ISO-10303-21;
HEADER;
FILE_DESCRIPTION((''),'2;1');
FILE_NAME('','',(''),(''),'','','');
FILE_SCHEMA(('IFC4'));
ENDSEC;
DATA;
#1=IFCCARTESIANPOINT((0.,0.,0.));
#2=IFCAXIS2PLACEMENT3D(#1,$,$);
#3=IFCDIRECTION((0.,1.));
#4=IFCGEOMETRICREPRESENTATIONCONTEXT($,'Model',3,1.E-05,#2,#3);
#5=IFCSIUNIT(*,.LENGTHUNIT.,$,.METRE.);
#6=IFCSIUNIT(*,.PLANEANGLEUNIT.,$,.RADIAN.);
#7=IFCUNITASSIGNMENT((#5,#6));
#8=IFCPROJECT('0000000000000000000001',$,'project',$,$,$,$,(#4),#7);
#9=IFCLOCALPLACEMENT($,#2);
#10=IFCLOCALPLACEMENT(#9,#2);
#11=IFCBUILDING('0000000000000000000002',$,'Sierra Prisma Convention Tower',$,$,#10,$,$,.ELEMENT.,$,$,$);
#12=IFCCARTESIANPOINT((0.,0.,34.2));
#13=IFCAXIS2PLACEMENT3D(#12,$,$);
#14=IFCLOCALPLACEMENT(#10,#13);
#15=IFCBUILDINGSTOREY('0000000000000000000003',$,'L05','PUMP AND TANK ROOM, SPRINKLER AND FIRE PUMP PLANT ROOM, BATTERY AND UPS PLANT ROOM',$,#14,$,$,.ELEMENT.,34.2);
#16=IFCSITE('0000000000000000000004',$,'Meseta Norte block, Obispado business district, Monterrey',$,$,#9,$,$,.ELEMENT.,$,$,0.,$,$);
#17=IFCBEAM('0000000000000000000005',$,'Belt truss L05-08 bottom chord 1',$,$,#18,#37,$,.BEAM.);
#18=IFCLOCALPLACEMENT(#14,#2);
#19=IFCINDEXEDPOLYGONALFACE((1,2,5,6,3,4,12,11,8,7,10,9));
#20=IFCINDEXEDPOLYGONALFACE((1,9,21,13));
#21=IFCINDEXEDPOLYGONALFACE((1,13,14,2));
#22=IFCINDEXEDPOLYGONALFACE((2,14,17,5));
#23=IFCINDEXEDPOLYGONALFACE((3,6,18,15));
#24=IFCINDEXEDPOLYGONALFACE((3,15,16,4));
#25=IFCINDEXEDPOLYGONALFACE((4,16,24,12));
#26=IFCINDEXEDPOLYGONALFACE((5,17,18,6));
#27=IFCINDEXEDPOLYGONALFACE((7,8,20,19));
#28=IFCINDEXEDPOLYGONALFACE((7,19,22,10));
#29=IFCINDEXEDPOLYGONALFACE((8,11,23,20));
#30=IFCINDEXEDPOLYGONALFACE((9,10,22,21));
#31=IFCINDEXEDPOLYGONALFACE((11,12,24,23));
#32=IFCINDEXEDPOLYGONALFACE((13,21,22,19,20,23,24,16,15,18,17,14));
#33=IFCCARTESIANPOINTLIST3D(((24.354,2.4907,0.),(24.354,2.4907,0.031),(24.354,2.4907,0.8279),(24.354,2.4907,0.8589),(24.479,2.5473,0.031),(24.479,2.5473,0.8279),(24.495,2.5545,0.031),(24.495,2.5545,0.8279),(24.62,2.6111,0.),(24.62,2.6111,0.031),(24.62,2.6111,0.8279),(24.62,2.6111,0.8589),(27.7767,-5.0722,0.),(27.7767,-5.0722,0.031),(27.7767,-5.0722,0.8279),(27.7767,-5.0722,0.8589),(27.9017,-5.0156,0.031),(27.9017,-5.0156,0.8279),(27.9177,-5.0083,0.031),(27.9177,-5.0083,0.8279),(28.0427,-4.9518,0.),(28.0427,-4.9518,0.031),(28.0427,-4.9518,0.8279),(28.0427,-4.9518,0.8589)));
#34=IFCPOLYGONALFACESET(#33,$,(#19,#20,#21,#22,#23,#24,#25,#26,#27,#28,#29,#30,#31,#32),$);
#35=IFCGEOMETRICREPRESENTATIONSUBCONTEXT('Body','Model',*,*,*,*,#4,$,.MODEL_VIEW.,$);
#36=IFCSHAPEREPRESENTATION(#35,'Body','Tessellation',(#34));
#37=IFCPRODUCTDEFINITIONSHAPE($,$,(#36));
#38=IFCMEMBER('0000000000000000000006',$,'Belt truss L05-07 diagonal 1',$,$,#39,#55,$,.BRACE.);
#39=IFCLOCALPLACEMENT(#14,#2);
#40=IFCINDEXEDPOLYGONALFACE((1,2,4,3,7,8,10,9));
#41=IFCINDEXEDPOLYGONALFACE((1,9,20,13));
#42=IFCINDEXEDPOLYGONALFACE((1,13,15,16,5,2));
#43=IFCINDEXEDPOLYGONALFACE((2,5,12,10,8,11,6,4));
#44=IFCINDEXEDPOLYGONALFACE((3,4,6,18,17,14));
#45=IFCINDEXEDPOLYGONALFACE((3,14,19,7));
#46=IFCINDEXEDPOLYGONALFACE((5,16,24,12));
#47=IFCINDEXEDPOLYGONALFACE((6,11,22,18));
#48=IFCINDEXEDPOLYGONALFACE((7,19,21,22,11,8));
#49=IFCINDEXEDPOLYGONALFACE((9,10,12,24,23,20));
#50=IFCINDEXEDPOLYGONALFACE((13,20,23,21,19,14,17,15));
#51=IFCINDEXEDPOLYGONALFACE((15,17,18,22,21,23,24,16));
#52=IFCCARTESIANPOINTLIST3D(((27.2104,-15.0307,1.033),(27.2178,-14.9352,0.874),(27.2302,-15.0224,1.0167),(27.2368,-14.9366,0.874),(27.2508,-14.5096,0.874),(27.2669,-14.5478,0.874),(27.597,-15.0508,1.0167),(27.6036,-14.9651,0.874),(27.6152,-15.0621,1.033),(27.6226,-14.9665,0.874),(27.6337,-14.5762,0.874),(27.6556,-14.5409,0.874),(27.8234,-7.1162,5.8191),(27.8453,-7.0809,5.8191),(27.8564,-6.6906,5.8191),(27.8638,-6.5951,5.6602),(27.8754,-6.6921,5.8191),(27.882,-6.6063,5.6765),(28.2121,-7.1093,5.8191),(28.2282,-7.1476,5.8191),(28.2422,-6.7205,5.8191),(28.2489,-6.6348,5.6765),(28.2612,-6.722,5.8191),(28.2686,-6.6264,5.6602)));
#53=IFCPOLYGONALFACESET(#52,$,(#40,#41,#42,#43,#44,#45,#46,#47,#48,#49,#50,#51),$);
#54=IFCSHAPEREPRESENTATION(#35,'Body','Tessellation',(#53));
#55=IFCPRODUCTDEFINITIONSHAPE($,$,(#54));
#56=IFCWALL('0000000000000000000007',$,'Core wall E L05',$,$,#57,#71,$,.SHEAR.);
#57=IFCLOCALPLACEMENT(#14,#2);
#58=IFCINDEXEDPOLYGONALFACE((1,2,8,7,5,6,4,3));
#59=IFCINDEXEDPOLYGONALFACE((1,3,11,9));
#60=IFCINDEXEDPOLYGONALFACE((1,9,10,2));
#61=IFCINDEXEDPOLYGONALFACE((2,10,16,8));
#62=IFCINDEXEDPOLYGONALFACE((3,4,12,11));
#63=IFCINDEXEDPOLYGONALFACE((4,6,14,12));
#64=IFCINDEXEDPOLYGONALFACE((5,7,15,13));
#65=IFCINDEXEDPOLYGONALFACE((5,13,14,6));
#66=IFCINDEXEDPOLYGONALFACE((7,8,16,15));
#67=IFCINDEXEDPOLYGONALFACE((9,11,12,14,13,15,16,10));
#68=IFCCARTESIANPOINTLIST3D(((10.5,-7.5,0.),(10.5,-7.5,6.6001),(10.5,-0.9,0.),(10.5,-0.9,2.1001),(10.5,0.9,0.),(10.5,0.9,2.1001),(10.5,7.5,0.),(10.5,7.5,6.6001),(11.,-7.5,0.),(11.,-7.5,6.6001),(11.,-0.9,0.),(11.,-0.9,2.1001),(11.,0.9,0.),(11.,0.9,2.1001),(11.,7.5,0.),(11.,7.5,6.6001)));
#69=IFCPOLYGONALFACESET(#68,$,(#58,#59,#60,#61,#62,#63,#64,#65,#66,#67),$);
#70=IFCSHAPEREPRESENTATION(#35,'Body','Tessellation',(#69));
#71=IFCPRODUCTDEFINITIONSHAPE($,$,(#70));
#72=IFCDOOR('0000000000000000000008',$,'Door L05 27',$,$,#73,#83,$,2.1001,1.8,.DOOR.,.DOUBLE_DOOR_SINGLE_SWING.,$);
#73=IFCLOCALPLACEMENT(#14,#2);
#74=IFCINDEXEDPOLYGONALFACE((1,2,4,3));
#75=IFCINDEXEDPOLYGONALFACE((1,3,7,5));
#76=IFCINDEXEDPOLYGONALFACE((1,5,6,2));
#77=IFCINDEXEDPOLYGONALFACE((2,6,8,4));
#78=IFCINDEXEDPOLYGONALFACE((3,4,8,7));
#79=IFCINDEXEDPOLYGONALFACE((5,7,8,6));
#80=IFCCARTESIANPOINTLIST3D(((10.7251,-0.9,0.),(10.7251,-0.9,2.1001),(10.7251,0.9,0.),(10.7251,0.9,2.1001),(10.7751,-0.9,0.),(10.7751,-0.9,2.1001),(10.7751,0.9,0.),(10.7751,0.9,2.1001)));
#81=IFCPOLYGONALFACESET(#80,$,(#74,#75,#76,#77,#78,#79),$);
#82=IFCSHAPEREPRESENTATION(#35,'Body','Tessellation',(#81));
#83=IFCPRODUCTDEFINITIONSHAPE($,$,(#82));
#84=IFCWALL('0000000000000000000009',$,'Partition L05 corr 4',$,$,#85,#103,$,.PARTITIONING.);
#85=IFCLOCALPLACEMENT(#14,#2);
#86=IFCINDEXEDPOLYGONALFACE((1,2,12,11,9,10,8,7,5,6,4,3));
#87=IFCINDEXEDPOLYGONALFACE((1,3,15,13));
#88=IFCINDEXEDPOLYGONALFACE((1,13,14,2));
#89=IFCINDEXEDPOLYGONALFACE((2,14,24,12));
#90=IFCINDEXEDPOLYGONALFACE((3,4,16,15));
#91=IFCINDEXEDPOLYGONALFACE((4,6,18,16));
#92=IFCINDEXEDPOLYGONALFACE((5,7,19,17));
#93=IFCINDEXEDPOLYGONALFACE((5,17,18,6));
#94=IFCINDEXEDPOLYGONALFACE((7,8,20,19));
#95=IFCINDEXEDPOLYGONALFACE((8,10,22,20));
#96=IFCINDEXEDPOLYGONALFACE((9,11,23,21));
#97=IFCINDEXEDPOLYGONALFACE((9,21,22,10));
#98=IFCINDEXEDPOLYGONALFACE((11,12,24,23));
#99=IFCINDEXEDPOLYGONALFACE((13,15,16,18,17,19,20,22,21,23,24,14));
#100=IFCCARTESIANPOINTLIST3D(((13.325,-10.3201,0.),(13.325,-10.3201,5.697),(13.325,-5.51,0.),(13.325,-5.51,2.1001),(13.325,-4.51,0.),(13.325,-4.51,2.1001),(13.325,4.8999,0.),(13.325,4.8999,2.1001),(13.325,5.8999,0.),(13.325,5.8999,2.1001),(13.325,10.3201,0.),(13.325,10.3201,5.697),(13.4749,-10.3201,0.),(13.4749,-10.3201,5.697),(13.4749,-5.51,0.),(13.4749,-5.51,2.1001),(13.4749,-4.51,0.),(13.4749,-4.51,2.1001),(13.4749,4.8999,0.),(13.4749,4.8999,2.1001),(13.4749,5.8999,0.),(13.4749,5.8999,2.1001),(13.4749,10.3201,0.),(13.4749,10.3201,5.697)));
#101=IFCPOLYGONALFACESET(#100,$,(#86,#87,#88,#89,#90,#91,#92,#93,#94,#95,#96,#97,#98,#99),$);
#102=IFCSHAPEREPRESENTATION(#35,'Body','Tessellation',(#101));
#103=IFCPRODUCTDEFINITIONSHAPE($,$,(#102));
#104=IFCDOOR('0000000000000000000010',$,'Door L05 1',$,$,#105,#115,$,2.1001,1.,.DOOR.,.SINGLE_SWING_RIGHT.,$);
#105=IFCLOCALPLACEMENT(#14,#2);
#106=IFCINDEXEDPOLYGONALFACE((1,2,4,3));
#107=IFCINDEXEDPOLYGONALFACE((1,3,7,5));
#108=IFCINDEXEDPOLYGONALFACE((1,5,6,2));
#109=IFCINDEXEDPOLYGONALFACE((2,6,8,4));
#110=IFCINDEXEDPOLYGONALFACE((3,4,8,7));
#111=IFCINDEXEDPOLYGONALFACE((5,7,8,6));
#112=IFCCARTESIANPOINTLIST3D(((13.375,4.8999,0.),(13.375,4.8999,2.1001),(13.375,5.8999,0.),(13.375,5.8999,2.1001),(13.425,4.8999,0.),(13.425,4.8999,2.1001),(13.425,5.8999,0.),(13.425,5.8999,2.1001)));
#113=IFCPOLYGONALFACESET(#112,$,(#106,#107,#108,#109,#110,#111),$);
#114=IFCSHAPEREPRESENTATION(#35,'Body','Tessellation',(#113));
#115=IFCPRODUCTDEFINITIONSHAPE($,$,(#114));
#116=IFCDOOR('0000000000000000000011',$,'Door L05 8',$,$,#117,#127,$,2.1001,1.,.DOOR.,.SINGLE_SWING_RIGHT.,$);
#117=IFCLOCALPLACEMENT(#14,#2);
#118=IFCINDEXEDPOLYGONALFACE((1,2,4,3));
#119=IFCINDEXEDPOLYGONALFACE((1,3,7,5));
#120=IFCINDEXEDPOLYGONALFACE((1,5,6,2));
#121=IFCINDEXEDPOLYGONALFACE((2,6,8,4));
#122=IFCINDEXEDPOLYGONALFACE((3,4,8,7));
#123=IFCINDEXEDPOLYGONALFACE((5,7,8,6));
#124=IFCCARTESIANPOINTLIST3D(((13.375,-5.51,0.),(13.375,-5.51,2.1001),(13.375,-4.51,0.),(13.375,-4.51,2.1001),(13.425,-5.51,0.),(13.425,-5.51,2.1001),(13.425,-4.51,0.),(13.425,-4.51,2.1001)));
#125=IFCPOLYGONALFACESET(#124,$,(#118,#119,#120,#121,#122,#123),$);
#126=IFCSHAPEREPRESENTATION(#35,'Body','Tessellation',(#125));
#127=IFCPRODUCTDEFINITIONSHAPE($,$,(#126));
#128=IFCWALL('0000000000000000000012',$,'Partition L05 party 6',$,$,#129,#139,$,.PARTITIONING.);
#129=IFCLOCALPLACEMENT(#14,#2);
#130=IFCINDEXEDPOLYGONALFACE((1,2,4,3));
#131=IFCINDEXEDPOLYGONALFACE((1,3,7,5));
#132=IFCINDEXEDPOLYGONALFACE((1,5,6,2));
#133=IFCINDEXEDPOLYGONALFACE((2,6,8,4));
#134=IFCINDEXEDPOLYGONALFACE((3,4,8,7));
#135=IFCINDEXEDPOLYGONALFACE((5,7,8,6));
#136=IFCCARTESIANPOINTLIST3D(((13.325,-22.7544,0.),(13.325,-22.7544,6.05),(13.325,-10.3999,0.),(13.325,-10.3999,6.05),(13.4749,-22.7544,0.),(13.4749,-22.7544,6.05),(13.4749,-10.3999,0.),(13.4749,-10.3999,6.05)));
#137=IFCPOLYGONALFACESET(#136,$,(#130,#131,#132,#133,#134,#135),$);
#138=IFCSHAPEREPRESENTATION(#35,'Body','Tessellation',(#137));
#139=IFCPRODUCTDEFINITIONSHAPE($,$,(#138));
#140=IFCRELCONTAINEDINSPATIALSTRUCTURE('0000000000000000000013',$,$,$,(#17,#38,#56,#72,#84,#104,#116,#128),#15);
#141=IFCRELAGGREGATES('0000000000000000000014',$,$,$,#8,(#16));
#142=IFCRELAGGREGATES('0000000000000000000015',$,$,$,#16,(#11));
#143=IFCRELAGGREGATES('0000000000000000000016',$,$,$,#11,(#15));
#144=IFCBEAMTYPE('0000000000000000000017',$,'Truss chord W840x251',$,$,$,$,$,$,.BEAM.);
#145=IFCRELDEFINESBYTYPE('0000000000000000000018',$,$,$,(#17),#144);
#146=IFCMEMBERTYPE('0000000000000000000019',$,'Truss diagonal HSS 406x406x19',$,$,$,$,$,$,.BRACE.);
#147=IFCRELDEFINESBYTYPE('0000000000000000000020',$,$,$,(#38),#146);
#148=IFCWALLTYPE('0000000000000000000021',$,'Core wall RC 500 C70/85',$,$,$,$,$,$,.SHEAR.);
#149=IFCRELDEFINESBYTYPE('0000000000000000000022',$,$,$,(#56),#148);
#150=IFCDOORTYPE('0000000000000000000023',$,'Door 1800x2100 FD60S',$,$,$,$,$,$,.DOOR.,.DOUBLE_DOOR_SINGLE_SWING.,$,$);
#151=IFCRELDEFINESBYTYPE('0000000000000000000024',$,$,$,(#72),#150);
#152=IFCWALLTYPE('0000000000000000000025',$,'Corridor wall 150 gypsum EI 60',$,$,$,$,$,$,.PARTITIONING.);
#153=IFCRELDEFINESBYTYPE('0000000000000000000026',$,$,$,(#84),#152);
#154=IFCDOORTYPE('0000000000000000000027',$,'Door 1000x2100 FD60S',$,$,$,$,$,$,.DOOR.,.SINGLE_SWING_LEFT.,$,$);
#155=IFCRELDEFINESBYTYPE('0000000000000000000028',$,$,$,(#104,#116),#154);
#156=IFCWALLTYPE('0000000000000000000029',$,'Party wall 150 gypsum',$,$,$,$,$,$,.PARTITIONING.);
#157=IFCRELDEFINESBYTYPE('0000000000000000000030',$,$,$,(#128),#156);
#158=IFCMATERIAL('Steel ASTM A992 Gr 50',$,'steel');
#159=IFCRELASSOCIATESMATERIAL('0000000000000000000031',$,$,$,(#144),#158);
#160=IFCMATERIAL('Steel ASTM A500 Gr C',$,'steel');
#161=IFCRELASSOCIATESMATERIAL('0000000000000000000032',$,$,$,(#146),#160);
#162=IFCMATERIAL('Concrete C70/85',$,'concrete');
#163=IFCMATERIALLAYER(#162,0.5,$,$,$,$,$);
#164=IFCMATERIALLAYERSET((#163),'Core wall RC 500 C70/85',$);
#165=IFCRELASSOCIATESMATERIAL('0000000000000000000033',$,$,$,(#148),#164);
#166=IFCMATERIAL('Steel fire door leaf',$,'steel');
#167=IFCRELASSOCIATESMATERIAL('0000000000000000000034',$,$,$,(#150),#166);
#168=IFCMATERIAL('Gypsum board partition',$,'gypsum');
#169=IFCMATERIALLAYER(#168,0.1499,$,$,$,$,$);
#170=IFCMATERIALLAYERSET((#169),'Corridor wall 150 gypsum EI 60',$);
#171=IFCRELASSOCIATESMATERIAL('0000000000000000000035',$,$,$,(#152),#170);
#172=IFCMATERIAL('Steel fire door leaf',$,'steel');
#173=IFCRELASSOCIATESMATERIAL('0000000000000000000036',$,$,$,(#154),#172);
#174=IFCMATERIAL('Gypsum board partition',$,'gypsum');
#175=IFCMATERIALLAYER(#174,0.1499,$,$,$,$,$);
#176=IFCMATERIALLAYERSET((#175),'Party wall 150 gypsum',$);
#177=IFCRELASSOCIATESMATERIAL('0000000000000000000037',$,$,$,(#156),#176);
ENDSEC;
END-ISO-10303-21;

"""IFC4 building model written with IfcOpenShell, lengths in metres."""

from ifc_helpers import new_model, si_unit, direction, frame, frame_2d, origin, origin_2d, place, context, subcontext, project, spatial, rectangle, hollow_rectangle, i_section, extrude, clip, halfspace, material, layer, layer_set, material_profile, profile_set, type_object, element, fill, save


model = new_model("IFC4")

# Units and contexts
model_context = context("Model", 3, precision=1e-05, world=origin(), true_north=direction((0.0, 1.0)))
body_context = subcontext(model_context, "Body", "Model", "MODEL_VIEW")
ifc_project = project(units=[si_unit("LENGTHUNIT", "METRE"), si_unit("PLANEANGLEUNIT", "RADIAN")], contexts=[model_context])

# Site, building, storey
site_placement = place(None, origin())
site = spatial("IfcSite", under=ifc_project, at=site_placement, Name="Meseta Norte block, Obispado business district, Monterrey", CompositionType="ELEMENT", RefElevation=0.0)
building_placement = place(site_placement, origin())
building = spatial("IfcBuilding", under=site, at=building_placement, Name="Sierra Prisma Convention Tower", CompositionType="ELEMENT")
storey_placement = place(building_placement, frame((0.0, 0.0, 34.2)))
storey = spatial("IfcBuildingStorey", under=building, at=storey_placement, Name="L05", Description="PUMP AND TANK ROOM, SPRINKLER AND FIRE PUMP PLANT ROOM, BATTERY AND UPS PLANT ROOM", CompositionType="ELEMENT", Elevation=34.2)

# Beam
ifc_material_1 = material(Name="Steel ASTM A992 Gr 50", Category="steel")
ifc_material_profile_1 = material_profile(ifc_material_1, i_section(OverallWidth=0.292, OverallDepth=0.8589, WebThickness=0.0176, FlangeThickness=0.031, at=origin_2d()), Name="W840x251")
ifc_profile_set_1 = profile_set([ifc_material_profile_1], Name="Steel ASTM A992 Gr 50")
beam_type_1 = type_object("IfcBeamType", Name="Truss chord W840x251", PredefinedType="BEAM", material=ifc_profile_set_1)
beam_1_placement = place(storey_placement, frame((27.9097, -5.012, 0.4294), z_axis=(-0.412304, 0.911046, 0.0), x_axis=(-0.911046, -0.412304, 0.0)))
element("IfcBeam", 1, at=beam_1_placement, inside=storey, type_object=beam_type_1, Name="Belt truss L05-08 bottom chord 1", PredefinedType="BEAM", context=body_context, shape_type="SweptSolid", body=[
    extrude(i_section(OverallWidth=0.292, OverallDepth=0.8589, WebThickness=0.0176, FlangeThickness=0.031, at=origin_2d()), origin(), (0.0, 0.0, 1.0), 8.3013),
])

# Member
ifc_material_2 = material(Name="Steel ASTM A500 Gr C", Category="steel")
ifc_material_profile_2 = material_profile(ifc_material_2, hollow_rectangle(XDim=0.406, YDim=0.406, WallThickness=0.019, at=origin_2d()), Name="Truss diagonal HSS 406x406x19")
ifc_profile_set_2 = profile_set([ifc_material_profile_2], Name="Steel ASTM A500 Gr C")
member_type = type_object("IfcMemberType", Name="Truss diagonal HSS 406x406x19", PredefinedType="BRACE", material=ifc_profile_set_2)
member_1_placement = place(storey_placement, frame((27.4209, -14.9419, 0.8591), z_axis=(0.066135, 0.853828, 0.516336), x_axis=(-0.997014, 0.077226, 0.0)))
element("IfcMember", 2, at=member_1_placement, inside=storey, type_object=member_type, Name="Belt truss L05-07 diagonal 1", PredefinedType="BRACE", context=body_context, shape_type="SweptSolid", body=[
    clip(clip(extrude(hollow_rectangle(XDim=0.406, YDim=0.406, WallThickness=0.019, at=origin_2d()), origin(), (0.0, 0.0, 1.0), 9.635), halfspace(frame((-0.0002, 0.0127, 0.0078), z_axis=(0.0, 0.856386, 0.516336), x_axis=(1.0, 0.0, 0.0)), True)), halfspace(frame((0.0, -0.0127, 9.6272), z_axis=(0.0, -0.856386, -0.516336), x_axis=(1.0, 0.0, 0.0)), True)),
])

# Wall, opening, door
ifc_material_3 = material(Name="Concrete C70/85", Category="concrete")
ifc_layer_1 = layer(ifc_material_3, 0.5)
ifc_layer_set_1 = layer_set([ifc_layer_1], Name="Core wall RC 500 C70/85")
wall_type_1 = type_object("IfcWallType", Name="Core wall RC 500 C70/85", PredefinedType="SHEAR", material=ifc_layer_set_1)
wall_1_placement = place(storey_placement, frame((10.75, -7.5, 0.0), z_axis=(0.0, 0.0, 1.0), x_axis=(0.0, 1.0, 0.0)))
wall_1 = element("IfcWall", 3, at=wall_1_placement, inside=storey, type_object=wall_type_1, Name="Core wall E L05", PredefinedType="SHEAR", context=body_context, shape_type="SweptSolid", body=[
    extrude(rectangle(XDim=15.0, YDim=0.5, at=frame_2d((7.5, 0.0))), origin(), (0.0, 0.0, 1.0), 6.6001),
])
opening_1_placement = place(wall_1_placement, frame((6.6001, 0.0, 0.0)))
opening_1 = element("IfcOpeningElement", 4, at=opening_1_placement, cuts=wall_1, PredefinedType="OPENING", context=body_context, shape_type="SweptSolid", body=[
    extrude(rectangle(XDim=1.8, YDim=2.1001, at=frame_2d((0.8999, 1.05))), frame((0.0, 0.25, 0.0), z_axis=(0.0, -1.0, 0.0), x_axis=(1.0, 0.0, 0.0)), (0.0, 0.0, 1.0), 0.5),
])
ifc_material_4 = material(Name="Steel fire door leaf", Category="steel")
door_type_1 = type_object("IfcDoorType", Name="Door 1800x2100 FD60S", OperationType="DOUBLE_DOOR_SINGLE_SWING", PredefinedType="DOOR", material=ifc_material_4)
door_1_placement = place(opening_1_placement, origin())
door_1 = element("IfcDoor", 5, at=door_1_placement, inside=storey, type_object=door_type_1, Name="Door L05 27", OperationType="DOUBLE_DOOR_SINGLE_SWING", OverallHeight=2.1001, OverallWidth=1.8, PredefinedType="DOOR", context=body_context, shape_type="SweptSolid", body=[
    extrude(rectangle(XDim=1.8, YDim=2.1001, at=frame_2d((0.8999, 1.05))), frame((0.0, 0.0249, 0.0), z_axis=(0.0, -1.0, 0.0), x_axis=(1.0, 0.0, 0.0)), (0.0, 0.0, 1.0), 0.05),
])
fill(opening_1, door_1)

# Wall, openings, doors
ifc_material_5 = material(Name="Gypsum board partition", Category="gypsum")
ifc_layer_2 = layer(ifc_material_5, 0.1499)
ifc_layer_set_2 = layer_set([ifc_layer_2], Name="Corridor wall 150 gypsum EI 60")
wall_type_2 = type_object("IfcWallType", Name="Corridor wall 150 gypsum EI 60", PredefinedType="PARTITIONING", material=ifc_layer_set_2)
wall_2_placement = place(storey_placement, frame((13.3999, -10.3201, 0.0), z_axis=(0.0, 0.0, 1.0), x_axis=(0.0, 1.0, 0.0)))
wall_2 = element("IfcWall", 6, at=wall_2_placement, inside=storey, type_object=wall_type_2, Name="Partition L05 corr 4", PredefinedType="PARTITIONING", context=body_context, shape_type="SweptSolid", body=[
    extrude(rectangle(XDim=20.6401, YDim=0.1499, at=frame_2d((10.3201, 0.0))), origin(), (0.0, 0.0, 1.0), 5.697),
])
opening_2_placement = place(wall_2_placement, frame((15.22, 0.0, 0.0)))
opening_2 = element("IfcOpeningElement", 7, at=opening_2_placement, cuts=wall_2, PredefinedType="OPENING", context=body_context, shape_type="SweptSolid", body=[
    extrude(rectangle(XDim=1.0, YDim=2.1001, at=frame_2d((0.5, 1.05))), frame((0.0, 0.075, 0.0), z_axis=(0.0, -1.0, 0.0), x_axis=(1.0, 0.0, 0.0)), (0.0, 0.0, 1.0), 0.1499),
])
opening_3_placement = place(wall_2_placement, frame((4.8101, 0.0, 0.0)))
opening_3 = element("IfcOpeningElement", 8, at=opening_3_placement, cuts=wall_2, PredefinedType="OPENING", context=body_context, shape_type="SweptSolid", body=[
    extrude(rectangle(XDim=1.0, YDim=2.1001, at=frame_2d((0.5, 1.05))), frame((0.0, 0.075, 0.0), z_axis=(0.0, -1.0, 0.0), x_axis=(1.0, 0.0, 0.0)), (0.0, 0.0, 1.0), 0.1499),
])
ifc_material_6 = material(Name="Steel fire door leaf", Category="steel")
door_type_2 = type_object("IfcDoorType", Name="Door 1000x2100 FD60S", OperationType="SINGLE_SWING_LEFT", PredefinedType="DOOR", material=ifc_material_6)
door_2_placement = place(opening_2_placement, origin())
door_2 = element("IfcDoor", 9, at=door_2_placement, inside=storey, type_object=door_type_2, Name="Door L05 1", OperationType="SINGLE_SWING_RIGHT", OverallHeight=2.1001, OverallWidth=1.0, PredefinedType="DOOR", context=body_context, shape_type="SweptSolid", body=[
    extrude(rectangle(XDim=1.0, YDim=2.1001, at=frame_2d((0.5, 1.05))), frame((0.0, 0.0249, 0.0), z_axis=(0.0, -1.0, 0.0), x_axis=(1.0, 0.0, 0.0)), (0.0, 0.0, 1.0), 0.05),
])
fill(opening_2, door_2)
door_3_placement = place(opening_3_placement, origin())
door_3 = element("IfcDoor", 10, at=door_3_placement, inside=storey, type_object=door_type_2, Name="Door L05 8", OperationType="SINGLE_SWING_RIGHT", OverallHeight=2.1001, OverallWidth=1.0, PredefinedType="DOOR", context=body_context, shape_type="SweptSolid", body=[
    extrude(rectangle(XDim=1.0, YDim=2.1001, at=frame_2d((0.5, 1.05))), frame((0.0, 0.0249, 0.0), z_axis=(0.0, -1.0, 0.0), x_axis=(1.0, 0.0, 0.0)), (0.0, 0.0, 1.0), 0.05),
])
fill(opening_3, door_3)

# Wall
ifc_material_7 = material(Name="Gypsum board partition", Category="gypsum")
ifc_layer_3 = layer(ifc_material_7, 0.1499)
ifc_layer_set_3 = layer_set([ifc_layer_3], Name="Party wall 150 gypsum")
wall_type_3 = type_object("IfcWallType", Name="Party wall 150 gypsum", PredefinedType="PARTITIONING", material=ifc_layer_set_3)
wall_3_placement = place(storey_placement, frame((13.3999, -10.3999, 0.0), z_axis=(0.0, 0.0, 1.0), x_axis=(0.0, -1.0, 0.0)))
element("IfcWall", 11, at=wall_3_placement, inside=storey, type_object=wall_type_3, Name="Partition L05 party 6", PredefinedType="PARTITIONING", context=body_context, shape_type="SweptSolid", body=[
    extrude(rectangle(XDim=12.3545, YDim=0.1499, at=frame_2d((6.1772, 0.0))), origin(), (0.0, 0.0, 1.0), 6.05),
])

save(model, "model.ifc")
